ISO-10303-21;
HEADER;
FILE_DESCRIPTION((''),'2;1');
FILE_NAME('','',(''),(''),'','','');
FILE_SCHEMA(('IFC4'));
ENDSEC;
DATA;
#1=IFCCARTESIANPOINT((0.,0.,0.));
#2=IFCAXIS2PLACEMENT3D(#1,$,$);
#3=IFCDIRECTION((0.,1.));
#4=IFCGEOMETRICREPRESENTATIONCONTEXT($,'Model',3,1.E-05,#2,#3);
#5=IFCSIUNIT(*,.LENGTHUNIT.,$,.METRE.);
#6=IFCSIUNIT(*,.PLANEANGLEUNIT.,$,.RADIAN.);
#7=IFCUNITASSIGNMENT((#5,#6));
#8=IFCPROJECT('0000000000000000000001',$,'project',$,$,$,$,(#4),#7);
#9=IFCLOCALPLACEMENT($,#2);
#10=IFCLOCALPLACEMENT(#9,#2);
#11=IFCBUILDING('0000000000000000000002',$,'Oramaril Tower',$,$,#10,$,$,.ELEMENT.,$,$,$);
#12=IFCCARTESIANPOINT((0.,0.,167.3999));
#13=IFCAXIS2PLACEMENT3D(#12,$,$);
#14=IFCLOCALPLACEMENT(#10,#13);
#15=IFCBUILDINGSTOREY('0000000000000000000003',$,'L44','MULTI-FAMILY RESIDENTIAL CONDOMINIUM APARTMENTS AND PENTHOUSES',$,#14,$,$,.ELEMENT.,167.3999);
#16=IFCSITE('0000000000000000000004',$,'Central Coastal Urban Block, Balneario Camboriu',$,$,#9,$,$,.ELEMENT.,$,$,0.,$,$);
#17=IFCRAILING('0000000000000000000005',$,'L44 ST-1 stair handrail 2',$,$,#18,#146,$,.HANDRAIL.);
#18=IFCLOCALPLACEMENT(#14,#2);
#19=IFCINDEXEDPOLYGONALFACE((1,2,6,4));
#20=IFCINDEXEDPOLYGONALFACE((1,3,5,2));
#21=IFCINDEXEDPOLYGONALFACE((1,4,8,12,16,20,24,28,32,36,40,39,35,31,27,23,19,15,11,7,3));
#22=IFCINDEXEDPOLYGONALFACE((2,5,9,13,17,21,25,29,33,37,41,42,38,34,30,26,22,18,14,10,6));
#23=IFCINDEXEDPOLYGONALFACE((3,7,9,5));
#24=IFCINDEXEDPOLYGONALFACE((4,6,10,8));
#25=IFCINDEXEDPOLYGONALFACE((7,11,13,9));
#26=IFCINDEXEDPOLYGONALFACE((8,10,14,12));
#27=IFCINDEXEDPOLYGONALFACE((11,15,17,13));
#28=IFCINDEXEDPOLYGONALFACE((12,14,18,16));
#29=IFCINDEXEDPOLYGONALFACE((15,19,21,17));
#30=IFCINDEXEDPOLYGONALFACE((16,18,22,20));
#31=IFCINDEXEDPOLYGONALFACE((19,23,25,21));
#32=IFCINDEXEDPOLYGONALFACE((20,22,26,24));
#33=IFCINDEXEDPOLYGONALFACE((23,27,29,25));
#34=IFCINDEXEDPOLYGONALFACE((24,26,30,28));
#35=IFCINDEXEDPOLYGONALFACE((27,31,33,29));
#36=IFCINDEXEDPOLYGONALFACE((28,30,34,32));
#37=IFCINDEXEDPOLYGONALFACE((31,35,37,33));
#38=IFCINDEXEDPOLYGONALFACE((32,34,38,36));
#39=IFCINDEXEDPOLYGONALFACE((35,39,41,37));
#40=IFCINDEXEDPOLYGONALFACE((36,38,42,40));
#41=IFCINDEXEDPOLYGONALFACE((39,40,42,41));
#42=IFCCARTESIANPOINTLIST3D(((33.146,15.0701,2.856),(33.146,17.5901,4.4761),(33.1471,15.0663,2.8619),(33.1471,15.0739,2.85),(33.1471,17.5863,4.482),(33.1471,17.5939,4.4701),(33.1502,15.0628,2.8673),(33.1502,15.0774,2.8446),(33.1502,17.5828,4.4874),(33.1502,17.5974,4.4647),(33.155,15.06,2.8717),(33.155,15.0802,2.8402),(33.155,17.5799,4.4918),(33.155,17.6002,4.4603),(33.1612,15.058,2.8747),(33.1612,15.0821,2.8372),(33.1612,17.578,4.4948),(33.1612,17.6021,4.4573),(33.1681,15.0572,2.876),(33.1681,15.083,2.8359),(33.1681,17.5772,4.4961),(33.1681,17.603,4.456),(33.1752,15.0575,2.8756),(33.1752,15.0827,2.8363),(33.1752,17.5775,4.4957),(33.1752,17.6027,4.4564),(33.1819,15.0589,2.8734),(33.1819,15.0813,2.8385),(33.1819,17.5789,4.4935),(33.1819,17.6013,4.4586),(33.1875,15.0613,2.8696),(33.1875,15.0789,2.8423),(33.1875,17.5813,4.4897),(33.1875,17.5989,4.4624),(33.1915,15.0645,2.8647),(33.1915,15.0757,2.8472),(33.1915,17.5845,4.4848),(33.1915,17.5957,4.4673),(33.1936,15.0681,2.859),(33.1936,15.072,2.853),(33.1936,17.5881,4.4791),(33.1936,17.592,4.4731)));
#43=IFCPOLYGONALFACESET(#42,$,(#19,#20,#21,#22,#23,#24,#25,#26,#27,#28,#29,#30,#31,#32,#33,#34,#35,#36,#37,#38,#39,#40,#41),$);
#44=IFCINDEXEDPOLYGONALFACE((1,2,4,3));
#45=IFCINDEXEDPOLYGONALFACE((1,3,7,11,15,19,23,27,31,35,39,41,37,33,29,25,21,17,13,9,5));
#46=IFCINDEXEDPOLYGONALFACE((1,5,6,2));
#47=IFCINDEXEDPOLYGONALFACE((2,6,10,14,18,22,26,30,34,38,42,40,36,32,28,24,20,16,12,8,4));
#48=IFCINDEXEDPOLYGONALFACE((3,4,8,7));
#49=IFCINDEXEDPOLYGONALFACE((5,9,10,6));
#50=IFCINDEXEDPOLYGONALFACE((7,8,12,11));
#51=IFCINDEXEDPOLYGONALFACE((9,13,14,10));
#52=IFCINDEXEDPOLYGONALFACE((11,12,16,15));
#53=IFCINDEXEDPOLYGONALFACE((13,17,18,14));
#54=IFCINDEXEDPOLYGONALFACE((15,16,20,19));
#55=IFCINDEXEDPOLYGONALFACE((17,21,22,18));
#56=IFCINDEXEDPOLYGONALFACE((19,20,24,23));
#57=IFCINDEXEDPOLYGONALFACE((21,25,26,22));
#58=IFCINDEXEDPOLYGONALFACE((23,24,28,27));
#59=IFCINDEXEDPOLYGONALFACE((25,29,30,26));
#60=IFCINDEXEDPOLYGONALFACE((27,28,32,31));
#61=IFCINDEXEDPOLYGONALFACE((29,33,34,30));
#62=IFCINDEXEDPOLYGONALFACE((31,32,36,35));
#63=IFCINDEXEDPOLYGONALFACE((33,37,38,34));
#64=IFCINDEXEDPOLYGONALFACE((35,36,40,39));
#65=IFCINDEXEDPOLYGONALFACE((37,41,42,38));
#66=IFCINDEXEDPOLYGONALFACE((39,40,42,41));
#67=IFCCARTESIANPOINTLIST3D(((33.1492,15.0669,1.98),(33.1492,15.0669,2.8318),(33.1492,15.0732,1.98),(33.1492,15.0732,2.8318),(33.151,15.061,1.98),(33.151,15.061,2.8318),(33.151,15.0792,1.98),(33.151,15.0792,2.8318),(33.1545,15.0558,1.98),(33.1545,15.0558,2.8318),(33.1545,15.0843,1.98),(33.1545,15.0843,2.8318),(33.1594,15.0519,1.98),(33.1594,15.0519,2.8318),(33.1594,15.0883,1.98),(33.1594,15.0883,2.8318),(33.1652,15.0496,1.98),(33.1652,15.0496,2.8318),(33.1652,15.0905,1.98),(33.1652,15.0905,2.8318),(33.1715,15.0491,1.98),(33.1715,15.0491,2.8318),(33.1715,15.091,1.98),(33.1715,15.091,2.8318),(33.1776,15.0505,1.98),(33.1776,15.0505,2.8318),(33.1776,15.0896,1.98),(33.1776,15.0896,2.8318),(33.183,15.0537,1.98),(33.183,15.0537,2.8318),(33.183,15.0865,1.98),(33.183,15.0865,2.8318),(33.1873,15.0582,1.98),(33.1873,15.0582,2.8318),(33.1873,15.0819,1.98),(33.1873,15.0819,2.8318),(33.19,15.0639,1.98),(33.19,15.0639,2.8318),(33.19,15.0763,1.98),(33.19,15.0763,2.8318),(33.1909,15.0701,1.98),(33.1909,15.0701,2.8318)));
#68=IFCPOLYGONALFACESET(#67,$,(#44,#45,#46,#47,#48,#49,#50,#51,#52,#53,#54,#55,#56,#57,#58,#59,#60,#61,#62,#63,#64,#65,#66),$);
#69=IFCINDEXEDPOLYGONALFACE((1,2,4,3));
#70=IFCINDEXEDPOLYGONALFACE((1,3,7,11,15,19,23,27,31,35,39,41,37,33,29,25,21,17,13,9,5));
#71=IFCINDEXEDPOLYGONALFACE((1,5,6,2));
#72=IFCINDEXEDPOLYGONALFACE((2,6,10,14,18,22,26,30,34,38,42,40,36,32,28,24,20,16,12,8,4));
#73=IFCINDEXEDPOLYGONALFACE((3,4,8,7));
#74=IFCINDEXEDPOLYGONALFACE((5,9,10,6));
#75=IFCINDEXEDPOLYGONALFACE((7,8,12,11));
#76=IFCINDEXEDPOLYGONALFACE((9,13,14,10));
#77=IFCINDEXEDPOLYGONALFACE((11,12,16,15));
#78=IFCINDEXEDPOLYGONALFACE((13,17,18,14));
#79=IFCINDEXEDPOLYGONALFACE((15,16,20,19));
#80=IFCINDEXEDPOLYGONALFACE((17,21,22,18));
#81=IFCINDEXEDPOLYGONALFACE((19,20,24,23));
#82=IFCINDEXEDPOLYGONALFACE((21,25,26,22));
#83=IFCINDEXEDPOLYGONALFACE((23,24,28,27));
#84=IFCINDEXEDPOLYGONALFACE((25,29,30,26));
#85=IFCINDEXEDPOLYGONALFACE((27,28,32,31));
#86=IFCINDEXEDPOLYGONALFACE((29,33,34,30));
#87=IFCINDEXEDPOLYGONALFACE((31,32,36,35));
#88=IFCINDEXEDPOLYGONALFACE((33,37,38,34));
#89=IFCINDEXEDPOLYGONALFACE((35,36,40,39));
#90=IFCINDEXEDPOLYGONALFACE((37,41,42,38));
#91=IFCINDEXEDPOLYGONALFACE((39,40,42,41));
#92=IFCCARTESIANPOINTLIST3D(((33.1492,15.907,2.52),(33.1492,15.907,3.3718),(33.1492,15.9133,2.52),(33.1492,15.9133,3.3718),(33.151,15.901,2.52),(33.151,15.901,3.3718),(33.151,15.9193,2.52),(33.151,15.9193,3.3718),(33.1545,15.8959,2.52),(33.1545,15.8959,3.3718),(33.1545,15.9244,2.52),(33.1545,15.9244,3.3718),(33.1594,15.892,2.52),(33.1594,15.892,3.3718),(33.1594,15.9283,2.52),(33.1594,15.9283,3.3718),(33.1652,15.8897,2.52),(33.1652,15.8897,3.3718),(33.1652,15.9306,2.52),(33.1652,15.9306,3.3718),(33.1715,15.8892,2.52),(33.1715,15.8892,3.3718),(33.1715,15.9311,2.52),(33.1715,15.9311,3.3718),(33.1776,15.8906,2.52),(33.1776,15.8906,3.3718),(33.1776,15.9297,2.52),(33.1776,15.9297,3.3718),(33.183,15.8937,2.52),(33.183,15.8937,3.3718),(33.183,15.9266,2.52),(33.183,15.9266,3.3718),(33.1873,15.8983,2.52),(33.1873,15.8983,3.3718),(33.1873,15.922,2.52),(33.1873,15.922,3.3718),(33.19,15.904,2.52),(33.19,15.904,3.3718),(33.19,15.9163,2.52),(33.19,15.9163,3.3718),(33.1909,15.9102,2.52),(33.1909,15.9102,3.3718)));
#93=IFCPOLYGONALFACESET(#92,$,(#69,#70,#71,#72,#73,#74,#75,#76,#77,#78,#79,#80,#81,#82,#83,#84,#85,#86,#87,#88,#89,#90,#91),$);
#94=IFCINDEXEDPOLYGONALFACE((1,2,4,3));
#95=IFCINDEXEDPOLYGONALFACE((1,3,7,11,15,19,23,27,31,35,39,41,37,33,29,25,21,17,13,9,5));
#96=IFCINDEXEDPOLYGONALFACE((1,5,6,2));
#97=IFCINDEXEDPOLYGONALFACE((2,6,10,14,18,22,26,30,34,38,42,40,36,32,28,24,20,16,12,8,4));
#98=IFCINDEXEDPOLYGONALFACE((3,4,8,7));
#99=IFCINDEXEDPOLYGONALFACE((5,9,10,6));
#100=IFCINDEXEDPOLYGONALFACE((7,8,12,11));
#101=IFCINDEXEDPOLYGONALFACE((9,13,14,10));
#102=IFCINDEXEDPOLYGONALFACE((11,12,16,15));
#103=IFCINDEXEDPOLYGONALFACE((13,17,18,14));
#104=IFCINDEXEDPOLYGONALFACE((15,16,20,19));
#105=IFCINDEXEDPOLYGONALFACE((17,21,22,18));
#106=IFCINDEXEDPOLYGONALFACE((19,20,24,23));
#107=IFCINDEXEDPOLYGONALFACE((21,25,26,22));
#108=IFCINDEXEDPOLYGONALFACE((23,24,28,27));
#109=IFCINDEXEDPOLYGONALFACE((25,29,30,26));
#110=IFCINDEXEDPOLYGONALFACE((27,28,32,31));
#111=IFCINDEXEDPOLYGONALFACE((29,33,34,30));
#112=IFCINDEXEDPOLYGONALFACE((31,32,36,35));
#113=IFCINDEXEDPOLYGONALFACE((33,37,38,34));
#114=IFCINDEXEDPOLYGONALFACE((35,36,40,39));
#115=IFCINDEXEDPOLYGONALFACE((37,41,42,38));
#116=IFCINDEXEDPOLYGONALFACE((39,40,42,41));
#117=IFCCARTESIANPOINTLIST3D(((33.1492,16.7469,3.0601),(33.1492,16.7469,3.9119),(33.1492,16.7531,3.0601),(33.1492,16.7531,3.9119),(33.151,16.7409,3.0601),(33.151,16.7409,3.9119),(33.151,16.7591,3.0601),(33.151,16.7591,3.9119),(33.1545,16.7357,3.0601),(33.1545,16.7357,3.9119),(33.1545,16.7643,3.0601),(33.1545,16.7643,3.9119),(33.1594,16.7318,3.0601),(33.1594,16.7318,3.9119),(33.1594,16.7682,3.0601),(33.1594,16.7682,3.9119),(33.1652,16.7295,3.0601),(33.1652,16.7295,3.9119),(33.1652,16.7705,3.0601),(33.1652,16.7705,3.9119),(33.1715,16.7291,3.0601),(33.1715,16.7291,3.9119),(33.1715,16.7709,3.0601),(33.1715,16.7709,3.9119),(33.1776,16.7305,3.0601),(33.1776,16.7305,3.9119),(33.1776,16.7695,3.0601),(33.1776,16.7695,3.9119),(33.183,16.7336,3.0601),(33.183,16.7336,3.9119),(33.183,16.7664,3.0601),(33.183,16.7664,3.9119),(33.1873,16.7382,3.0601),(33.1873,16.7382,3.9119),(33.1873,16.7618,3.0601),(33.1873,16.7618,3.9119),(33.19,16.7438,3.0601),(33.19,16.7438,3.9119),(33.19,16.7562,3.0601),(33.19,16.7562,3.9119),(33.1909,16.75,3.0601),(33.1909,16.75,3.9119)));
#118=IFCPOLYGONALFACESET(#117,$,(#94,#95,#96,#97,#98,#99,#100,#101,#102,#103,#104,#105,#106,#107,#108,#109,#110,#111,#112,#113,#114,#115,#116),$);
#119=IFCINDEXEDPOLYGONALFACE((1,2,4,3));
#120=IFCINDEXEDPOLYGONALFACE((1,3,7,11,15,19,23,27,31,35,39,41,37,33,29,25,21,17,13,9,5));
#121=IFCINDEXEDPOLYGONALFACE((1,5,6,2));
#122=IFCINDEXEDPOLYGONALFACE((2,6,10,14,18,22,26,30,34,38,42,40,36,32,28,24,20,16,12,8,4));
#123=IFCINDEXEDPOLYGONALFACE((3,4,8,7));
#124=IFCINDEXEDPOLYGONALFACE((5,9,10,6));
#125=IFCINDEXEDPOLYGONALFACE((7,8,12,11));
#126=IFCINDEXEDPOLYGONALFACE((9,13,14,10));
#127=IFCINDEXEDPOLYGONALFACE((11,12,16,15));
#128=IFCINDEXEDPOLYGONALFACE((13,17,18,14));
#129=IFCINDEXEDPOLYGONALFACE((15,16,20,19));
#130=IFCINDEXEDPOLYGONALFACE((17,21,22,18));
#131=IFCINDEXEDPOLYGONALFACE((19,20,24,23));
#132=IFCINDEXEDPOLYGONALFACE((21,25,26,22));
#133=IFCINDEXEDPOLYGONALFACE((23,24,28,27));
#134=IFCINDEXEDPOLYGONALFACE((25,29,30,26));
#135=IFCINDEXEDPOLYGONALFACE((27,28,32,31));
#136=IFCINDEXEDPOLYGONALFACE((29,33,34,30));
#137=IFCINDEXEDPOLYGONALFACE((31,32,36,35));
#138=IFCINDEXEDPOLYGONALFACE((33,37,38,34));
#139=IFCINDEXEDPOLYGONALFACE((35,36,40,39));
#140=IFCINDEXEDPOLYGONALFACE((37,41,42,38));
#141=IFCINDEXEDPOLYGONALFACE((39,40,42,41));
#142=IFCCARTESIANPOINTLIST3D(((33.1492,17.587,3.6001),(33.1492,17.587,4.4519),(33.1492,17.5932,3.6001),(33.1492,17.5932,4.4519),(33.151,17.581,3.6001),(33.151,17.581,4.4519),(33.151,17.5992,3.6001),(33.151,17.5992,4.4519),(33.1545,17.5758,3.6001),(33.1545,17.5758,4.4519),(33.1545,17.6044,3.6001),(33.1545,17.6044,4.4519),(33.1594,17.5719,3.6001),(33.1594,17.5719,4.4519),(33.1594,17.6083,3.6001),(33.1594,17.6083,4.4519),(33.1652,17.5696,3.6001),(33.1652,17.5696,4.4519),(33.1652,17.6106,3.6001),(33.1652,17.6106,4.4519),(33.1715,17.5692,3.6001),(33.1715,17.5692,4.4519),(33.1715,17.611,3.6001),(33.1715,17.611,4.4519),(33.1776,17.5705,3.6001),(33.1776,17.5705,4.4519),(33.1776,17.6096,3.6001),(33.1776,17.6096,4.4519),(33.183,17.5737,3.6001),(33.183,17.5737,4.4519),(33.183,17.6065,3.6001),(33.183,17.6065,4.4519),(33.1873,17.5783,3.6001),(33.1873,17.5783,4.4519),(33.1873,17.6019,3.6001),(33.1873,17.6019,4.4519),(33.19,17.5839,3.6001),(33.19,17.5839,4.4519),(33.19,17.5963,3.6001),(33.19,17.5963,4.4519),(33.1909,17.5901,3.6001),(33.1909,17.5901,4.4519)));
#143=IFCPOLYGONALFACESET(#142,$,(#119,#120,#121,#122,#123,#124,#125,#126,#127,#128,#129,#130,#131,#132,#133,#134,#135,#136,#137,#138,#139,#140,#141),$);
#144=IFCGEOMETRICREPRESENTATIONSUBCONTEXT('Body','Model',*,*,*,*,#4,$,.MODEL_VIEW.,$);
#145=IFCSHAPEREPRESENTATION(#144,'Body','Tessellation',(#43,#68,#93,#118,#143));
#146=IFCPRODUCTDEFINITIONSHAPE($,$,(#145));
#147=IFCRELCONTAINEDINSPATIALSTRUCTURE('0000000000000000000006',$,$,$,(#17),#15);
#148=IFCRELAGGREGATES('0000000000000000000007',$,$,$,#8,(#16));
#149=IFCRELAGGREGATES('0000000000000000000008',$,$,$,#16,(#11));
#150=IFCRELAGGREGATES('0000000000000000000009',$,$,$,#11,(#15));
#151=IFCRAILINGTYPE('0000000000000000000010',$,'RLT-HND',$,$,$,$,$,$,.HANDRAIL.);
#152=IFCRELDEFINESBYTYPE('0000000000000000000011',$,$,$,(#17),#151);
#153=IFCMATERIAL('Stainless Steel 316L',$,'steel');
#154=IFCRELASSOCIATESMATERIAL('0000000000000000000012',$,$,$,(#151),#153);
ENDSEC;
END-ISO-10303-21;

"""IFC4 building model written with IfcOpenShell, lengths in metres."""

from ifc_helpers import new_model, si_unit, direction, frame, origin, origin_2d, place, context, subcontext, project, spatial, circle, extrude, material, type_object, element, save


model = new_model("IFC4")

# Units and contexts
model_context = context("Model", 3, precision=1e-05, world=origin(), true_north=direction((0.0, 1.0)))
body_context = subcontext(model_context, "Body", "Model", "MODEL_VIEW")
ifc_project = project(units=[si_unit("LENGTHUNIT", "METRE"), si_unit("PLANEANGLEUNIT", "RADIAN")], contexts=[model_context])

# Site, building, storey
site_placement = place(None, origin())
site = spatial("IfcSite", under=ifc_project, at=site_placement, Name="Central Coastal Urban Block, Balneario Camboriu", CompositionType="ELEMENT", RefElevation=0.0)
building_placement = place(site_placement, origin())
building = spatial("IfcBuilding", under=site, at=building_placement, Name="Oramaril Tower", CompositionType="ELEMENT")
storey_placement = place(building_placement, frame((0.0, 0.0, 167.3999)))
storey = spatial("IfcBuildingStorey", under=building, at=storey_placement, Name="L44", Description="MULTI-FAMILY RESIDENTIAL CONDOMINIUM APARTMENTS AND PENTHOUSES", CompositionType="ELEMENT", Elevation=167.3999)

# Railing
ifc_material_1 = material(Name="Stainless Steel 316L", Category="steel")
railing_type_1 = type_object("IfcRailingType", Name="RLT-HND", PredefinedType="HANDRAIL", material=ifc_material_1)
for number, where, name in (
    (1, (33.1699, 15.0701, 1.98), "L44 ST-1 stair handrail 2"),
):
    element("IfcRailing", number, at=place(storey_placement, frame(where)), inside=storey, type_object=railing_type_1, Name=name, PredefinedType="HANDRAIL", context=body_context, shape_type="SweptSolid", body=[
        extrude(circle(Radius=0.0239, at=origin_2d()), frame((0.0, 0.0, 0.876), z_axis=(0.0, 0.841163, 0.540782), x_axis=(-1.0, 0.0, 0.0)), (0.0, 0.0, 1.0), 2.9958),
        extrude(circle(Radius=0.021, at=origin_2d()), origin(), (0.0, 0.0, 1.0), 0.8518),
        extrude(circle(Radius=0.021, at=origin_2d()), frame((0.0, 0.8401, 0.54)), (0.0, 0.0, 1.0), 0.8518),
        extrude(circle(Radius=0.021, at=origin_2d()), frame((0.0, 1.6799, 1.0801)), (0.0, 0.0, 1.0), 0.8518),
        extrude(circle(Radius=0.021, at=origin_2d()), frame((0.0, 2.52, 1.6201)), (0.0, 0.0, 1.0), 0.8518),
    ])

save(model, "model.ifc")
